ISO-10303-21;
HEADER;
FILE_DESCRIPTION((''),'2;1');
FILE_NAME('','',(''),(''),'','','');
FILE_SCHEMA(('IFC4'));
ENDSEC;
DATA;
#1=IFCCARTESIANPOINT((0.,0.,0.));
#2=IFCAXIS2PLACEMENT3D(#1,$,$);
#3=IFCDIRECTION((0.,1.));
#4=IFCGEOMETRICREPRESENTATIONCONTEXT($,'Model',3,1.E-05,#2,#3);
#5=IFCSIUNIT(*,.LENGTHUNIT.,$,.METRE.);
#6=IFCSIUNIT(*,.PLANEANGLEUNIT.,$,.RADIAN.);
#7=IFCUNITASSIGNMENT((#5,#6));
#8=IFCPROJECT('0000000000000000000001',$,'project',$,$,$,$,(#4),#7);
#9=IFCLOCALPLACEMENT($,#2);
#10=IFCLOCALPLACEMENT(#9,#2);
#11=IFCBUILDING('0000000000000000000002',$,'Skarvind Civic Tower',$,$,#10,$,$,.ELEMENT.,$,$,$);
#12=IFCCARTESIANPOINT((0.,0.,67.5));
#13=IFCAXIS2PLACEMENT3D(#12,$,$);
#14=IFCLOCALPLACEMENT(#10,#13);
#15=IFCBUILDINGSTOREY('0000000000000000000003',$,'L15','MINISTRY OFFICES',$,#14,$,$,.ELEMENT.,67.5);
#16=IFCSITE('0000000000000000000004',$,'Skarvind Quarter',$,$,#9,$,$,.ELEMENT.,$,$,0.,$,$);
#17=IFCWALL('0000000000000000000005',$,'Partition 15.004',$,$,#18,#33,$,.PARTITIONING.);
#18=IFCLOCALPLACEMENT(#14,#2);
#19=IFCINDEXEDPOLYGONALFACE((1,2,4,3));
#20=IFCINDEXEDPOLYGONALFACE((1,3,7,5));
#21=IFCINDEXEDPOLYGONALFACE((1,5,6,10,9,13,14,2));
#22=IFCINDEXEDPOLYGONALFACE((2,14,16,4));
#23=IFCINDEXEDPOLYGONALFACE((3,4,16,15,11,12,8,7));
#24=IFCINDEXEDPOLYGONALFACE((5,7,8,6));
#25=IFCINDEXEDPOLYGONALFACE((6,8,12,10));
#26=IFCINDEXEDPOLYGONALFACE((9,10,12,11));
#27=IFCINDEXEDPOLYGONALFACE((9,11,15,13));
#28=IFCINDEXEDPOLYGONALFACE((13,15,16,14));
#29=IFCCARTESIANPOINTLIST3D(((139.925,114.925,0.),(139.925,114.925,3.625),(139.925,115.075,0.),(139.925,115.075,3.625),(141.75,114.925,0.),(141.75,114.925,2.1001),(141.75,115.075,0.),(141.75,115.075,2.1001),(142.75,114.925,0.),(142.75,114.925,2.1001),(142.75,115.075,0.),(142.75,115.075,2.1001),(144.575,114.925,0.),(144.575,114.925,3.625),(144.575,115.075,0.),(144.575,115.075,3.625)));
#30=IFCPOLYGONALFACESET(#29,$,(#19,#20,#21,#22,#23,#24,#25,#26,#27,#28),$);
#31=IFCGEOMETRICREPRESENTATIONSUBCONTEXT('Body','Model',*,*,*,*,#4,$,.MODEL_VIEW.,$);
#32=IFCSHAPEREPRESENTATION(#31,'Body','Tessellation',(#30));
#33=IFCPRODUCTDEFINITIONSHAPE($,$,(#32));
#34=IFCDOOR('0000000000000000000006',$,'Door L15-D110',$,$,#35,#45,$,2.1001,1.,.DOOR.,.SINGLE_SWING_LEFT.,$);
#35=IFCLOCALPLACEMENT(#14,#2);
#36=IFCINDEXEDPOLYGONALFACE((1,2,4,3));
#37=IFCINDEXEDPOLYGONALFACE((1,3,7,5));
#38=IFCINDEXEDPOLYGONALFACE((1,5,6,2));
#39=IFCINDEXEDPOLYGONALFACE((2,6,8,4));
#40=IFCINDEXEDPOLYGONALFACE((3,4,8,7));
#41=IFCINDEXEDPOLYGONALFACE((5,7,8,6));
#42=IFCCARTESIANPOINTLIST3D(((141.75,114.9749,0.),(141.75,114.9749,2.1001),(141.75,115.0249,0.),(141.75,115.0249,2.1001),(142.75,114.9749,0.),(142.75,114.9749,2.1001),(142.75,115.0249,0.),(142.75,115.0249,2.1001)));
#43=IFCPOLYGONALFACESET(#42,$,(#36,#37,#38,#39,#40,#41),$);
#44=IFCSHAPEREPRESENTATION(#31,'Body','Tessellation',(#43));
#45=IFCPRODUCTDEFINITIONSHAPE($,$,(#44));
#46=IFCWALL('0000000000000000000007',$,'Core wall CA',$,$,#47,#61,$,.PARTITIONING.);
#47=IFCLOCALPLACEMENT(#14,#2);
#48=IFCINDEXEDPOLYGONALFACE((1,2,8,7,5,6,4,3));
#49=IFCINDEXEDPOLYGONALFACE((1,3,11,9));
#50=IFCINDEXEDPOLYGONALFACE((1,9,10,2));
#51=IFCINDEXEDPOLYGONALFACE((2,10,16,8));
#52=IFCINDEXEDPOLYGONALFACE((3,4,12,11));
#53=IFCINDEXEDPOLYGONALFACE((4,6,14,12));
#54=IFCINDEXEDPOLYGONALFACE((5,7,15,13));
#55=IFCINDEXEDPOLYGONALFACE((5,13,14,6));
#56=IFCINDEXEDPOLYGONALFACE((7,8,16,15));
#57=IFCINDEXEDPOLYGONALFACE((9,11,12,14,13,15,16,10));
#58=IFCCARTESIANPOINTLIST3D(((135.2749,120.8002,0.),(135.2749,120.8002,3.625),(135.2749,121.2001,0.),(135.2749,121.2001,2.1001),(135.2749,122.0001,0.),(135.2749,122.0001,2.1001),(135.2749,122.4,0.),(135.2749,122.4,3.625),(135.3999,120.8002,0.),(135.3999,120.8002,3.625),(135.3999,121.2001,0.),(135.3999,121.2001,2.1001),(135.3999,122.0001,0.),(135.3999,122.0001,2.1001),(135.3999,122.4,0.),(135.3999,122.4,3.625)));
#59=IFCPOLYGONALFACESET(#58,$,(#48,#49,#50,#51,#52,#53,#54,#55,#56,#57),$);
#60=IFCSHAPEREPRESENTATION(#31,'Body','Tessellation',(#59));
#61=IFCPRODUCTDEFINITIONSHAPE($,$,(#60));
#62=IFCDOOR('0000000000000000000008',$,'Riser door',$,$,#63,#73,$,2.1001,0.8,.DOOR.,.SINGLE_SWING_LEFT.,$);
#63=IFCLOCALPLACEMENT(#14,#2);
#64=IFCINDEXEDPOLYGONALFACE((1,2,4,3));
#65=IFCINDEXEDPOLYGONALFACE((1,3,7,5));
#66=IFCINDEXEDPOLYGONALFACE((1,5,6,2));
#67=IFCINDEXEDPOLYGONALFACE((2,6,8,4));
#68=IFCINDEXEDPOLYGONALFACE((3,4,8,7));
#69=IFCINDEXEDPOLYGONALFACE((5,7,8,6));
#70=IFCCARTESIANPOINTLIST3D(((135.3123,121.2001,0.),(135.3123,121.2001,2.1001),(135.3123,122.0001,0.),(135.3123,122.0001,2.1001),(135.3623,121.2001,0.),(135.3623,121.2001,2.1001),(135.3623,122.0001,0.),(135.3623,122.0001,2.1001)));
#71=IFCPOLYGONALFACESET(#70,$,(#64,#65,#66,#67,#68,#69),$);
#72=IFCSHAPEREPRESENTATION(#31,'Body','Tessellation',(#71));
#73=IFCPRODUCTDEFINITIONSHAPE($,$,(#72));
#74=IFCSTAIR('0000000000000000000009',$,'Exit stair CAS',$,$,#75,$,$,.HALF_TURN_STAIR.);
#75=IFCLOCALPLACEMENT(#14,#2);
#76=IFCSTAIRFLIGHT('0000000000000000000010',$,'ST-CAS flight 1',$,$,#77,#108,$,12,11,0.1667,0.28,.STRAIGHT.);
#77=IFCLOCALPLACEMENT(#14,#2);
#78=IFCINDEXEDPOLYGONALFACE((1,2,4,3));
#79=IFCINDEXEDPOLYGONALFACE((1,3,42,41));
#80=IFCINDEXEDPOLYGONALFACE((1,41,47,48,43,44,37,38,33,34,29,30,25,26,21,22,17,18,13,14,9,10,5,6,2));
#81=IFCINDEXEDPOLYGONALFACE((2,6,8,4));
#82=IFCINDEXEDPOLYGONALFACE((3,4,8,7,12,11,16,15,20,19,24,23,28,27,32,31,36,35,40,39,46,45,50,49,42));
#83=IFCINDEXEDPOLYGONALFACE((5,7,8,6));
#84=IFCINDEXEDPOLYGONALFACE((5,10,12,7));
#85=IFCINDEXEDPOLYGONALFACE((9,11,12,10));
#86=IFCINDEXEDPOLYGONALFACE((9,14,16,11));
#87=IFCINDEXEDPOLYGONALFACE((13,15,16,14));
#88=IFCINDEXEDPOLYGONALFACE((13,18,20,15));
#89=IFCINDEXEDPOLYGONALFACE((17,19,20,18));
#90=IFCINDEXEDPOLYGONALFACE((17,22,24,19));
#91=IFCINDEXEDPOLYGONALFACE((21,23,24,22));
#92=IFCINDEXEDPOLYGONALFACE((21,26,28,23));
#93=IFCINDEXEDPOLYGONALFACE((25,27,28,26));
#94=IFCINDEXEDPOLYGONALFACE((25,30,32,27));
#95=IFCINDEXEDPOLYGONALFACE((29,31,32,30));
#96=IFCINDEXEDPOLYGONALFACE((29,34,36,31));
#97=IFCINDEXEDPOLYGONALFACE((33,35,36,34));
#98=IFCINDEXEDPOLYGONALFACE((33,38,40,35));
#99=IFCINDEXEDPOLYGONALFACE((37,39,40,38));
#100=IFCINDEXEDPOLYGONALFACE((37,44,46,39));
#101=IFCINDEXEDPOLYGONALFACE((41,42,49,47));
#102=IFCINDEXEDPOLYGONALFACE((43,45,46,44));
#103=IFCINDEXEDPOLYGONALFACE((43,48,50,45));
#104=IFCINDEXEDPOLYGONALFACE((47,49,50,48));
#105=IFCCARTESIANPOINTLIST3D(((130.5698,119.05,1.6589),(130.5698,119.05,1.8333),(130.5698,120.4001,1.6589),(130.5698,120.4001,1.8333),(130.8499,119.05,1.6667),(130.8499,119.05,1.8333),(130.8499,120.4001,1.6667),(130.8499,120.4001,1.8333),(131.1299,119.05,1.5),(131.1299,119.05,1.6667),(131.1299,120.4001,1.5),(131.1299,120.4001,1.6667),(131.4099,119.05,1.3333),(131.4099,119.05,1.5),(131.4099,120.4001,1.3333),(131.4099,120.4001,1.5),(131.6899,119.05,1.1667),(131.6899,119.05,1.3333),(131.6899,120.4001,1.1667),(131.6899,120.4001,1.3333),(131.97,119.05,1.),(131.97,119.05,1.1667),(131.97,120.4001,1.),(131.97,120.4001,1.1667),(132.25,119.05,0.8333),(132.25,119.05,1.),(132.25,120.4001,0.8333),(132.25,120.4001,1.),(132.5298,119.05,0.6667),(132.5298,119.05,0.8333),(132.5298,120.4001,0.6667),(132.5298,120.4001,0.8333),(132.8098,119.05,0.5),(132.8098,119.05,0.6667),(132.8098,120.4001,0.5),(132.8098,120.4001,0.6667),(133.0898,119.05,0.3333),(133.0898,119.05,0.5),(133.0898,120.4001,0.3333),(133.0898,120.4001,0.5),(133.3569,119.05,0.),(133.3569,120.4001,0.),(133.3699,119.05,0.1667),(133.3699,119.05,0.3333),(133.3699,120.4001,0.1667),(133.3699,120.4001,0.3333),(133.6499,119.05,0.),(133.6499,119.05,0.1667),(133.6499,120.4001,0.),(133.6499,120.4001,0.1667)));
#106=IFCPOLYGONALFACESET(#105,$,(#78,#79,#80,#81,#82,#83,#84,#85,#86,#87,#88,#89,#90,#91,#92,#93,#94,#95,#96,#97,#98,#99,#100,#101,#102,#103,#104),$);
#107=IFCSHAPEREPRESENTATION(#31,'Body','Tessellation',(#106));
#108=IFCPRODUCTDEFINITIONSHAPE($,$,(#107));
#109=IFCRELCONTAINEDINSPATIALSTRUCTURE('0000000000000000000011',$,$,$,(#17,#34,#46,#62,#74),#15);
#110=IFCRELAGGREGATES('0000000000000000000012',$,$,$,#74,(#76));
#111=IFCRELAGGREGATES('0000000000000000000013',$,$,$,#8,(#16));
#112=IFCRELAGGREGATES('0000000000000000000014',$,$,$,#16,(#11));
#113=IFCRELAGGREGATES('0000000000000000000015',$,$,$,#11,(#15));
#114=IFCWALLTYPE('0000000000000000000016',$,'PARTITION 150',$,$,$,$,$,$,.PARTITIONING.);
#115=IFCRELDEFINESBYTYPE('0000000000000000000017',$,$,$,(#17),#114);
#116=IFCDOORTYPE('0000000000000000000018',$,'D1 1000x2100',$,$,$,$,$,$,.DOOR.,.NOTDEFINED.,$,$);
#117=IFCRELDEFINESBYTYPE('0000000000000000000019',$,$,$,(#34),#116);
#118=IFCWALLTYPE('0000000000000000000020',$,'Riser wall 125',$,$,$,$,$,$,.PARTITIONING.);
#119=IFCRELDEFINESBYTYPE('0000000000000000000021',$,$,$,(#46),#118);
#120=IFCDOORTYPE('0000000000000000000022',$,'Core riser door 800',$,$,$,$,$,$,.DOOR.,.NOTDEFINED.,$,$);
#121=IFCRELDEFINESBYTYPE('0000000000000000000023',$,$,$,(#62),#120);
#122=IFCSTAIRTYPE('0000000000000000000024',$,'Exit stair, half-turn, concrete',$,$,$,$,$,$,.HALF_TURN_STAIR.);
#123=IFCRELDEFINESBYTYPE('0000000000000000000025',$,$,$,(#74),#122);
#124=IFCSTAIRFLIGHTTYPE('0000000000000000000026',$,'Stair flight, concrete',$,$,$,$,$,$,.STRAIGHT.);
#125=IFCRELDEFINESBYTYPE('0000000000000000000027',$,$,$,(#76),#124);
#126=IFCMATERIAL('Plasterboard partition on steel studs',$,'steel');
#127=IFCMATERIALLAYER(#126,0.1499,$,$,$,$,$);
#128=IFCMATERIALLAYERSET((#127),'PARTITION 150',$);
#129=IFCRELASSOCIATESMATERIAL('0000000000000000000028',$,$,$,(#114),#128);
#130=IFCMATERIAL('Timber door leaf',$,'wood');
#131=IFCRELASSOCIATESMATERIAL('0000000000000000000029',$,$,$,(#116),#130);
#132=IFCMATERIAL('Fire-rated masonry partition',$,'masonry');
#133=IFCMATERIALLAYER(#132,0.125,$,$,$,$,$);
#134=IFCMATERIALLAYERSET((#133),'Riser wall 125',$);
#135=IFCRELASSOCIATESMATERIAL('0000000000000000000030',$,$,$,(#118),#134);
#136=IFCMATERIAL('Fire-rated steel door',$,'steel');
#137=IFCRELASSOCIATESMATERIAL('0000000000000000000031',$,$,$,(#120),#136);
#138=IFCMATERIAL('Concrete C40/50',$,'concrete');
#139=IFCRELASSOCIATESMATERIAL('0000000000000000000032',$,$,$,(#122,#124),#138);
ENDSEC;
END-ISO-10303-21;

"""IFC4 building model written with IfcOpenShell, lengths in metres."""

from ifc_helpers import new_model, si_unit, direction, frame, frame_2d, origin, place, context, subcontext, project, spatial, polyline, rectangle, outline, extrude, material, layer, layer_set, type_object, element, fill, aggregate, save


model = new_model("IFC4")

# Units and contexts
model_context = context("Model", 3, precision=1e-05, world=origin(), true_north=direction((0.0, 1.0)))
body_context = subcontext(model_context, "Body", "Model", "MODEL_VIEW")
ifc_project = project(units=[si_unit("LENGTHUNIT", "METRE"), si_unit("PLANEANGLEUNIT", "RADIAN")], contexts=[model_context])

# Site, building, storey
site_placement = place(None, origin())
site = spatial("IfcSite", under=ifc_project, at=site_placement, Name="Skarvind Quarter", CompositionType="ELEMENT", RefElevation=0.0)
building_placement = place(site_placement, origin())
building = spatial("IfcBuilding", under=site, at=building_placement, Name="Skarvind Civic Tower", CompositionType="ELEMENT")
storey_placement = place(building_placement, frame((0.0, 0.0, 67.5)))
storey = spatial("IfcBuildingStorey", under=building, at=storey_placement, Name="L15", Description="MINISTRY OFFICES", CompositionType="ELEMENT", Elevation=67.5)

# Shared definitions
ifc_material_1 = material(Name="Timber door leaf", Category="wood")
ifc_material_2 = material(Name="Fire-rated masonry partition", Category="masonry")
ifc_material_3 = material(Name="Fire-rated steel door", Category="steel")

# Walls, openings, doors
ifc_material_4 = material(Name="Plasterboard partition on steel studs", Category="steel")
ifc_layer_1 = layer(ifc_material_4, 0.1499)
ifc_layer_set_1 = layer_set([ifc_layer_1], Name="PARTITION 150")
wall_type_1 = type_object("IfcWallType", Name="PARTITION 150", PredefinedType="PARTITIONING", material=ifc_layer_set_1)
wall_1_placement = place(storey_placement, frame((139.925, 115.0, 0.0), z_axis=(0.0, 0.0, 1.0), x_axis=(1.0, 0.0, 0.0)))
wall_1 = element("IfcWall", 1, at=wall_1_placement, inside=storey, type_object=wall_type_1, Name="Partition 15.004", PredefinedType="PARTITIONING", context=body_context, shape_type="SweptSolid", body=[
    extrude(rectangle(XDim=4.6499, YDim=0.1499, at=frame_2d((2.325, 0.0))), origin(), (0.0, 0.0, 1.0), 3.625),
])
opening_1_placement = place(wall_1_placement, frame((1.825, 0.0, 0.0)))
opening_1 = element("IfcOpeningElement", 2, at=opening_1_placement, cuts=wall_1, PredefinedType="OPENING", context=body_context, shape_type="SweptSolid", body=[
    extrude(rectangle(XDim=1.0, YDim=2.1001, at=frame_2d((0.5, 1.05))), frame((0.0, 0.085, 0.0), z_axis=(0.0, -1.0, 0.0), x_axis=(1.0, 0.0, 0.0)), (0.0, 0.0, 1.0), 0.1699),
])
door_type_1 = type_object("IfcDoorType", Name="D1 1000x2100", OperationType="NOTDEFINED", PredefinedType="DOOR", material=ifc_material_1)
door_1_placement = place(opening_1_placement, origin())
door_1 = element("IfcDoor", 3, at=door_1_placement, inside=storey, type_object=door_type_1, Name="Door L15-D110", OperationType="SINGLE_SWING_LEFT", OverallHeight=2.1001, OverallWidth=1.0, PredefinedType="DOOR", context=body_context, shape_type="SweptSolid", body=[
    extrude(rectangle(XDim=1.0, YDim=2.1001, at=frame_2d((0.5, 1.05))), frame((0.0, 0.0249, 0.0), z_axis=(0.0, -1.0, 0.0), x_axis=(1.0, 0.0, 0.0)), (0.0, 0.0, 1.0), 0.05),
])
fill(opening_1, door_1)
ifc_layer_2 = layer(ifc_material_2, 0.125)
ifc_layer_set_2 = layer_set([ifc_layer_2], Name="Riser wall 125")
wall_type_2 = type_object("IfcWallType", Name="Riser wall 125", PredefinedType="PARTITIONING", material=ifc_layer_set_2)
wall_2_placement = place(storey_placement, frame((135.3374, 122.3999, 0.0), z_axis=(0.0, 0.0, 1.0), x_axis=(0.0, -1.0, 0.0)))
wall_2 = element("IfcWall", 4, at=wall_2_placement, inside=storey, type_object=wall_type_2, Name="Core wall CA", PredefinedType="PARTITIONING", context=body_context, shape_type="SweptSolid", body=[
    extrude(rectangle(XDim=1.5999, YDim=0.125, at=frame_2d((0.7998, 0.0))), origin(), (0.0, 0.0, 1.0), 3.625),
])
opening_2_placement = place(wall_2_placement, frame((0.3999, 0.0, 0.0)))
opening_2 = element("IfcOpeningElement", 5, at=opening_2_placement, cuts=wall_2, PredefinedType="OPENING", context=body_context, shape_type="SweptSolid", body=[
    extrude(rectangle(XDim=0.8, YDim=2.1001, at=frame_2d((0.3999, 1.05))), frame((0.0, 0.0725, 0.0), z_axis=(0.0, -1.0, 0.0), x_axis=(1.0, 0.0, 0.0)), (0.0, 0.0, 1.0), 0.145),
])
door_type_2 = type_object("IfcDoorType", Name="Core riser door 800", OperationType="NOTDEFINED", PredefinedType="DOOR", material=ifc_material_3)
door_2_placement = place(opening_2_placement, origin())
door_2 = element("IfcDoor", 6, at=door_2_placement, inside=storey, type_object=door_type_2, Name="Riser door", OperationType="SINGLE_SWING_LEFT", OverallHeight=2.1001, OverallWidth=0.8, PredefinedType="DOOR", context=body_context, shape_type="SweptSolid", body=[
    extrude(rectangle(XDim=0.8, YDim=2.1001, at=frame_2d((0.3999, 1.05))), frame((0.0, 0.0249, 0.0), z_axis=(0.0, -1.0, 0.0), x_axis=(1.0, 0.0, 0.0)), (0.0, 0.0, 1.0), 0.05),
])
fill(opening_2, door_2)

# Stair, stair flight
ifc_material_5 = material(Name="Concrete C40/50", Category="concrete")
stair_type = type_object("IfcStairType", Name="Exit stair, half-turn, concrete", PredefinedType="HALF_TURN_STAIR", material=ifc_material_5)
stair_placement = place(storey_placement, origin())
stair = element("IfcStair", 7, at=stair_placement, inside=storey, type_object=stair_type, Name="Exit stair CAS", PredefinedType="HALF_TURN_STAIR")
stair_flight_type = type_object("IfcStairFlightType", Name="Stair flight, concrete", PredefinedType="STRAIGHT", material=ifc_material_5)
stair_flight_placement = place(storey_placement, frame((133.6499, 119.7251, 0.0), z_axis=(0.0, 0.0, 1.0), x_axis=(-1.0, 0.0, 0.0)))
stair_flight = element("IfcStairFlight", 8, at=stair_flight_placement, type_object=stair_flight_type, Name="ST-CAS flight 1", NumberOfRisers=12, NumberOfTreads=11, PredefinedType="STRAIGHT", RiserHeight=0.1667, TreadLength=0.28, context=body_context, shape_type="SweptSolid", body=[
    extrude(outline(polyline([(0.0, 0.0), (0.0, 0.1667), (0.28, 0.1667), (0.28, 0.3333), (0.5601, 0.3333), (0.5601, 0.5), (0.8401, 0.5), (0.8401, 0.6667), (1.1201, 0.6667), (1.1201, 0.8333), (1.3999, 0.8333), (1.3999, 1.0), (1.6799, 1.0), (1.6799, 1.1667), (1.96, 1.1667), (1.96, 1.3333), (2.24, 1.3333), (2.24, 1.5), (2.52, 1.5), (2.52, 1.6667), (2.8, 1.6667), (2.8, 1.8333), (3.0801, 1.8333), (3.0801, 2.0), (3.0801, 1.6589), (0.293, 0.0), (0.0, 0.0)])), frame((0.0, 0.675, 0.0), z_axis=(0.0, -1.0, 0.0), x_axis=(1.0, 0.0, 0.0)), (0.0, 0.0, 1.0), 1.3501),
])
aggregate(stair, [stair_flight])

save(model, "model.ifc")
